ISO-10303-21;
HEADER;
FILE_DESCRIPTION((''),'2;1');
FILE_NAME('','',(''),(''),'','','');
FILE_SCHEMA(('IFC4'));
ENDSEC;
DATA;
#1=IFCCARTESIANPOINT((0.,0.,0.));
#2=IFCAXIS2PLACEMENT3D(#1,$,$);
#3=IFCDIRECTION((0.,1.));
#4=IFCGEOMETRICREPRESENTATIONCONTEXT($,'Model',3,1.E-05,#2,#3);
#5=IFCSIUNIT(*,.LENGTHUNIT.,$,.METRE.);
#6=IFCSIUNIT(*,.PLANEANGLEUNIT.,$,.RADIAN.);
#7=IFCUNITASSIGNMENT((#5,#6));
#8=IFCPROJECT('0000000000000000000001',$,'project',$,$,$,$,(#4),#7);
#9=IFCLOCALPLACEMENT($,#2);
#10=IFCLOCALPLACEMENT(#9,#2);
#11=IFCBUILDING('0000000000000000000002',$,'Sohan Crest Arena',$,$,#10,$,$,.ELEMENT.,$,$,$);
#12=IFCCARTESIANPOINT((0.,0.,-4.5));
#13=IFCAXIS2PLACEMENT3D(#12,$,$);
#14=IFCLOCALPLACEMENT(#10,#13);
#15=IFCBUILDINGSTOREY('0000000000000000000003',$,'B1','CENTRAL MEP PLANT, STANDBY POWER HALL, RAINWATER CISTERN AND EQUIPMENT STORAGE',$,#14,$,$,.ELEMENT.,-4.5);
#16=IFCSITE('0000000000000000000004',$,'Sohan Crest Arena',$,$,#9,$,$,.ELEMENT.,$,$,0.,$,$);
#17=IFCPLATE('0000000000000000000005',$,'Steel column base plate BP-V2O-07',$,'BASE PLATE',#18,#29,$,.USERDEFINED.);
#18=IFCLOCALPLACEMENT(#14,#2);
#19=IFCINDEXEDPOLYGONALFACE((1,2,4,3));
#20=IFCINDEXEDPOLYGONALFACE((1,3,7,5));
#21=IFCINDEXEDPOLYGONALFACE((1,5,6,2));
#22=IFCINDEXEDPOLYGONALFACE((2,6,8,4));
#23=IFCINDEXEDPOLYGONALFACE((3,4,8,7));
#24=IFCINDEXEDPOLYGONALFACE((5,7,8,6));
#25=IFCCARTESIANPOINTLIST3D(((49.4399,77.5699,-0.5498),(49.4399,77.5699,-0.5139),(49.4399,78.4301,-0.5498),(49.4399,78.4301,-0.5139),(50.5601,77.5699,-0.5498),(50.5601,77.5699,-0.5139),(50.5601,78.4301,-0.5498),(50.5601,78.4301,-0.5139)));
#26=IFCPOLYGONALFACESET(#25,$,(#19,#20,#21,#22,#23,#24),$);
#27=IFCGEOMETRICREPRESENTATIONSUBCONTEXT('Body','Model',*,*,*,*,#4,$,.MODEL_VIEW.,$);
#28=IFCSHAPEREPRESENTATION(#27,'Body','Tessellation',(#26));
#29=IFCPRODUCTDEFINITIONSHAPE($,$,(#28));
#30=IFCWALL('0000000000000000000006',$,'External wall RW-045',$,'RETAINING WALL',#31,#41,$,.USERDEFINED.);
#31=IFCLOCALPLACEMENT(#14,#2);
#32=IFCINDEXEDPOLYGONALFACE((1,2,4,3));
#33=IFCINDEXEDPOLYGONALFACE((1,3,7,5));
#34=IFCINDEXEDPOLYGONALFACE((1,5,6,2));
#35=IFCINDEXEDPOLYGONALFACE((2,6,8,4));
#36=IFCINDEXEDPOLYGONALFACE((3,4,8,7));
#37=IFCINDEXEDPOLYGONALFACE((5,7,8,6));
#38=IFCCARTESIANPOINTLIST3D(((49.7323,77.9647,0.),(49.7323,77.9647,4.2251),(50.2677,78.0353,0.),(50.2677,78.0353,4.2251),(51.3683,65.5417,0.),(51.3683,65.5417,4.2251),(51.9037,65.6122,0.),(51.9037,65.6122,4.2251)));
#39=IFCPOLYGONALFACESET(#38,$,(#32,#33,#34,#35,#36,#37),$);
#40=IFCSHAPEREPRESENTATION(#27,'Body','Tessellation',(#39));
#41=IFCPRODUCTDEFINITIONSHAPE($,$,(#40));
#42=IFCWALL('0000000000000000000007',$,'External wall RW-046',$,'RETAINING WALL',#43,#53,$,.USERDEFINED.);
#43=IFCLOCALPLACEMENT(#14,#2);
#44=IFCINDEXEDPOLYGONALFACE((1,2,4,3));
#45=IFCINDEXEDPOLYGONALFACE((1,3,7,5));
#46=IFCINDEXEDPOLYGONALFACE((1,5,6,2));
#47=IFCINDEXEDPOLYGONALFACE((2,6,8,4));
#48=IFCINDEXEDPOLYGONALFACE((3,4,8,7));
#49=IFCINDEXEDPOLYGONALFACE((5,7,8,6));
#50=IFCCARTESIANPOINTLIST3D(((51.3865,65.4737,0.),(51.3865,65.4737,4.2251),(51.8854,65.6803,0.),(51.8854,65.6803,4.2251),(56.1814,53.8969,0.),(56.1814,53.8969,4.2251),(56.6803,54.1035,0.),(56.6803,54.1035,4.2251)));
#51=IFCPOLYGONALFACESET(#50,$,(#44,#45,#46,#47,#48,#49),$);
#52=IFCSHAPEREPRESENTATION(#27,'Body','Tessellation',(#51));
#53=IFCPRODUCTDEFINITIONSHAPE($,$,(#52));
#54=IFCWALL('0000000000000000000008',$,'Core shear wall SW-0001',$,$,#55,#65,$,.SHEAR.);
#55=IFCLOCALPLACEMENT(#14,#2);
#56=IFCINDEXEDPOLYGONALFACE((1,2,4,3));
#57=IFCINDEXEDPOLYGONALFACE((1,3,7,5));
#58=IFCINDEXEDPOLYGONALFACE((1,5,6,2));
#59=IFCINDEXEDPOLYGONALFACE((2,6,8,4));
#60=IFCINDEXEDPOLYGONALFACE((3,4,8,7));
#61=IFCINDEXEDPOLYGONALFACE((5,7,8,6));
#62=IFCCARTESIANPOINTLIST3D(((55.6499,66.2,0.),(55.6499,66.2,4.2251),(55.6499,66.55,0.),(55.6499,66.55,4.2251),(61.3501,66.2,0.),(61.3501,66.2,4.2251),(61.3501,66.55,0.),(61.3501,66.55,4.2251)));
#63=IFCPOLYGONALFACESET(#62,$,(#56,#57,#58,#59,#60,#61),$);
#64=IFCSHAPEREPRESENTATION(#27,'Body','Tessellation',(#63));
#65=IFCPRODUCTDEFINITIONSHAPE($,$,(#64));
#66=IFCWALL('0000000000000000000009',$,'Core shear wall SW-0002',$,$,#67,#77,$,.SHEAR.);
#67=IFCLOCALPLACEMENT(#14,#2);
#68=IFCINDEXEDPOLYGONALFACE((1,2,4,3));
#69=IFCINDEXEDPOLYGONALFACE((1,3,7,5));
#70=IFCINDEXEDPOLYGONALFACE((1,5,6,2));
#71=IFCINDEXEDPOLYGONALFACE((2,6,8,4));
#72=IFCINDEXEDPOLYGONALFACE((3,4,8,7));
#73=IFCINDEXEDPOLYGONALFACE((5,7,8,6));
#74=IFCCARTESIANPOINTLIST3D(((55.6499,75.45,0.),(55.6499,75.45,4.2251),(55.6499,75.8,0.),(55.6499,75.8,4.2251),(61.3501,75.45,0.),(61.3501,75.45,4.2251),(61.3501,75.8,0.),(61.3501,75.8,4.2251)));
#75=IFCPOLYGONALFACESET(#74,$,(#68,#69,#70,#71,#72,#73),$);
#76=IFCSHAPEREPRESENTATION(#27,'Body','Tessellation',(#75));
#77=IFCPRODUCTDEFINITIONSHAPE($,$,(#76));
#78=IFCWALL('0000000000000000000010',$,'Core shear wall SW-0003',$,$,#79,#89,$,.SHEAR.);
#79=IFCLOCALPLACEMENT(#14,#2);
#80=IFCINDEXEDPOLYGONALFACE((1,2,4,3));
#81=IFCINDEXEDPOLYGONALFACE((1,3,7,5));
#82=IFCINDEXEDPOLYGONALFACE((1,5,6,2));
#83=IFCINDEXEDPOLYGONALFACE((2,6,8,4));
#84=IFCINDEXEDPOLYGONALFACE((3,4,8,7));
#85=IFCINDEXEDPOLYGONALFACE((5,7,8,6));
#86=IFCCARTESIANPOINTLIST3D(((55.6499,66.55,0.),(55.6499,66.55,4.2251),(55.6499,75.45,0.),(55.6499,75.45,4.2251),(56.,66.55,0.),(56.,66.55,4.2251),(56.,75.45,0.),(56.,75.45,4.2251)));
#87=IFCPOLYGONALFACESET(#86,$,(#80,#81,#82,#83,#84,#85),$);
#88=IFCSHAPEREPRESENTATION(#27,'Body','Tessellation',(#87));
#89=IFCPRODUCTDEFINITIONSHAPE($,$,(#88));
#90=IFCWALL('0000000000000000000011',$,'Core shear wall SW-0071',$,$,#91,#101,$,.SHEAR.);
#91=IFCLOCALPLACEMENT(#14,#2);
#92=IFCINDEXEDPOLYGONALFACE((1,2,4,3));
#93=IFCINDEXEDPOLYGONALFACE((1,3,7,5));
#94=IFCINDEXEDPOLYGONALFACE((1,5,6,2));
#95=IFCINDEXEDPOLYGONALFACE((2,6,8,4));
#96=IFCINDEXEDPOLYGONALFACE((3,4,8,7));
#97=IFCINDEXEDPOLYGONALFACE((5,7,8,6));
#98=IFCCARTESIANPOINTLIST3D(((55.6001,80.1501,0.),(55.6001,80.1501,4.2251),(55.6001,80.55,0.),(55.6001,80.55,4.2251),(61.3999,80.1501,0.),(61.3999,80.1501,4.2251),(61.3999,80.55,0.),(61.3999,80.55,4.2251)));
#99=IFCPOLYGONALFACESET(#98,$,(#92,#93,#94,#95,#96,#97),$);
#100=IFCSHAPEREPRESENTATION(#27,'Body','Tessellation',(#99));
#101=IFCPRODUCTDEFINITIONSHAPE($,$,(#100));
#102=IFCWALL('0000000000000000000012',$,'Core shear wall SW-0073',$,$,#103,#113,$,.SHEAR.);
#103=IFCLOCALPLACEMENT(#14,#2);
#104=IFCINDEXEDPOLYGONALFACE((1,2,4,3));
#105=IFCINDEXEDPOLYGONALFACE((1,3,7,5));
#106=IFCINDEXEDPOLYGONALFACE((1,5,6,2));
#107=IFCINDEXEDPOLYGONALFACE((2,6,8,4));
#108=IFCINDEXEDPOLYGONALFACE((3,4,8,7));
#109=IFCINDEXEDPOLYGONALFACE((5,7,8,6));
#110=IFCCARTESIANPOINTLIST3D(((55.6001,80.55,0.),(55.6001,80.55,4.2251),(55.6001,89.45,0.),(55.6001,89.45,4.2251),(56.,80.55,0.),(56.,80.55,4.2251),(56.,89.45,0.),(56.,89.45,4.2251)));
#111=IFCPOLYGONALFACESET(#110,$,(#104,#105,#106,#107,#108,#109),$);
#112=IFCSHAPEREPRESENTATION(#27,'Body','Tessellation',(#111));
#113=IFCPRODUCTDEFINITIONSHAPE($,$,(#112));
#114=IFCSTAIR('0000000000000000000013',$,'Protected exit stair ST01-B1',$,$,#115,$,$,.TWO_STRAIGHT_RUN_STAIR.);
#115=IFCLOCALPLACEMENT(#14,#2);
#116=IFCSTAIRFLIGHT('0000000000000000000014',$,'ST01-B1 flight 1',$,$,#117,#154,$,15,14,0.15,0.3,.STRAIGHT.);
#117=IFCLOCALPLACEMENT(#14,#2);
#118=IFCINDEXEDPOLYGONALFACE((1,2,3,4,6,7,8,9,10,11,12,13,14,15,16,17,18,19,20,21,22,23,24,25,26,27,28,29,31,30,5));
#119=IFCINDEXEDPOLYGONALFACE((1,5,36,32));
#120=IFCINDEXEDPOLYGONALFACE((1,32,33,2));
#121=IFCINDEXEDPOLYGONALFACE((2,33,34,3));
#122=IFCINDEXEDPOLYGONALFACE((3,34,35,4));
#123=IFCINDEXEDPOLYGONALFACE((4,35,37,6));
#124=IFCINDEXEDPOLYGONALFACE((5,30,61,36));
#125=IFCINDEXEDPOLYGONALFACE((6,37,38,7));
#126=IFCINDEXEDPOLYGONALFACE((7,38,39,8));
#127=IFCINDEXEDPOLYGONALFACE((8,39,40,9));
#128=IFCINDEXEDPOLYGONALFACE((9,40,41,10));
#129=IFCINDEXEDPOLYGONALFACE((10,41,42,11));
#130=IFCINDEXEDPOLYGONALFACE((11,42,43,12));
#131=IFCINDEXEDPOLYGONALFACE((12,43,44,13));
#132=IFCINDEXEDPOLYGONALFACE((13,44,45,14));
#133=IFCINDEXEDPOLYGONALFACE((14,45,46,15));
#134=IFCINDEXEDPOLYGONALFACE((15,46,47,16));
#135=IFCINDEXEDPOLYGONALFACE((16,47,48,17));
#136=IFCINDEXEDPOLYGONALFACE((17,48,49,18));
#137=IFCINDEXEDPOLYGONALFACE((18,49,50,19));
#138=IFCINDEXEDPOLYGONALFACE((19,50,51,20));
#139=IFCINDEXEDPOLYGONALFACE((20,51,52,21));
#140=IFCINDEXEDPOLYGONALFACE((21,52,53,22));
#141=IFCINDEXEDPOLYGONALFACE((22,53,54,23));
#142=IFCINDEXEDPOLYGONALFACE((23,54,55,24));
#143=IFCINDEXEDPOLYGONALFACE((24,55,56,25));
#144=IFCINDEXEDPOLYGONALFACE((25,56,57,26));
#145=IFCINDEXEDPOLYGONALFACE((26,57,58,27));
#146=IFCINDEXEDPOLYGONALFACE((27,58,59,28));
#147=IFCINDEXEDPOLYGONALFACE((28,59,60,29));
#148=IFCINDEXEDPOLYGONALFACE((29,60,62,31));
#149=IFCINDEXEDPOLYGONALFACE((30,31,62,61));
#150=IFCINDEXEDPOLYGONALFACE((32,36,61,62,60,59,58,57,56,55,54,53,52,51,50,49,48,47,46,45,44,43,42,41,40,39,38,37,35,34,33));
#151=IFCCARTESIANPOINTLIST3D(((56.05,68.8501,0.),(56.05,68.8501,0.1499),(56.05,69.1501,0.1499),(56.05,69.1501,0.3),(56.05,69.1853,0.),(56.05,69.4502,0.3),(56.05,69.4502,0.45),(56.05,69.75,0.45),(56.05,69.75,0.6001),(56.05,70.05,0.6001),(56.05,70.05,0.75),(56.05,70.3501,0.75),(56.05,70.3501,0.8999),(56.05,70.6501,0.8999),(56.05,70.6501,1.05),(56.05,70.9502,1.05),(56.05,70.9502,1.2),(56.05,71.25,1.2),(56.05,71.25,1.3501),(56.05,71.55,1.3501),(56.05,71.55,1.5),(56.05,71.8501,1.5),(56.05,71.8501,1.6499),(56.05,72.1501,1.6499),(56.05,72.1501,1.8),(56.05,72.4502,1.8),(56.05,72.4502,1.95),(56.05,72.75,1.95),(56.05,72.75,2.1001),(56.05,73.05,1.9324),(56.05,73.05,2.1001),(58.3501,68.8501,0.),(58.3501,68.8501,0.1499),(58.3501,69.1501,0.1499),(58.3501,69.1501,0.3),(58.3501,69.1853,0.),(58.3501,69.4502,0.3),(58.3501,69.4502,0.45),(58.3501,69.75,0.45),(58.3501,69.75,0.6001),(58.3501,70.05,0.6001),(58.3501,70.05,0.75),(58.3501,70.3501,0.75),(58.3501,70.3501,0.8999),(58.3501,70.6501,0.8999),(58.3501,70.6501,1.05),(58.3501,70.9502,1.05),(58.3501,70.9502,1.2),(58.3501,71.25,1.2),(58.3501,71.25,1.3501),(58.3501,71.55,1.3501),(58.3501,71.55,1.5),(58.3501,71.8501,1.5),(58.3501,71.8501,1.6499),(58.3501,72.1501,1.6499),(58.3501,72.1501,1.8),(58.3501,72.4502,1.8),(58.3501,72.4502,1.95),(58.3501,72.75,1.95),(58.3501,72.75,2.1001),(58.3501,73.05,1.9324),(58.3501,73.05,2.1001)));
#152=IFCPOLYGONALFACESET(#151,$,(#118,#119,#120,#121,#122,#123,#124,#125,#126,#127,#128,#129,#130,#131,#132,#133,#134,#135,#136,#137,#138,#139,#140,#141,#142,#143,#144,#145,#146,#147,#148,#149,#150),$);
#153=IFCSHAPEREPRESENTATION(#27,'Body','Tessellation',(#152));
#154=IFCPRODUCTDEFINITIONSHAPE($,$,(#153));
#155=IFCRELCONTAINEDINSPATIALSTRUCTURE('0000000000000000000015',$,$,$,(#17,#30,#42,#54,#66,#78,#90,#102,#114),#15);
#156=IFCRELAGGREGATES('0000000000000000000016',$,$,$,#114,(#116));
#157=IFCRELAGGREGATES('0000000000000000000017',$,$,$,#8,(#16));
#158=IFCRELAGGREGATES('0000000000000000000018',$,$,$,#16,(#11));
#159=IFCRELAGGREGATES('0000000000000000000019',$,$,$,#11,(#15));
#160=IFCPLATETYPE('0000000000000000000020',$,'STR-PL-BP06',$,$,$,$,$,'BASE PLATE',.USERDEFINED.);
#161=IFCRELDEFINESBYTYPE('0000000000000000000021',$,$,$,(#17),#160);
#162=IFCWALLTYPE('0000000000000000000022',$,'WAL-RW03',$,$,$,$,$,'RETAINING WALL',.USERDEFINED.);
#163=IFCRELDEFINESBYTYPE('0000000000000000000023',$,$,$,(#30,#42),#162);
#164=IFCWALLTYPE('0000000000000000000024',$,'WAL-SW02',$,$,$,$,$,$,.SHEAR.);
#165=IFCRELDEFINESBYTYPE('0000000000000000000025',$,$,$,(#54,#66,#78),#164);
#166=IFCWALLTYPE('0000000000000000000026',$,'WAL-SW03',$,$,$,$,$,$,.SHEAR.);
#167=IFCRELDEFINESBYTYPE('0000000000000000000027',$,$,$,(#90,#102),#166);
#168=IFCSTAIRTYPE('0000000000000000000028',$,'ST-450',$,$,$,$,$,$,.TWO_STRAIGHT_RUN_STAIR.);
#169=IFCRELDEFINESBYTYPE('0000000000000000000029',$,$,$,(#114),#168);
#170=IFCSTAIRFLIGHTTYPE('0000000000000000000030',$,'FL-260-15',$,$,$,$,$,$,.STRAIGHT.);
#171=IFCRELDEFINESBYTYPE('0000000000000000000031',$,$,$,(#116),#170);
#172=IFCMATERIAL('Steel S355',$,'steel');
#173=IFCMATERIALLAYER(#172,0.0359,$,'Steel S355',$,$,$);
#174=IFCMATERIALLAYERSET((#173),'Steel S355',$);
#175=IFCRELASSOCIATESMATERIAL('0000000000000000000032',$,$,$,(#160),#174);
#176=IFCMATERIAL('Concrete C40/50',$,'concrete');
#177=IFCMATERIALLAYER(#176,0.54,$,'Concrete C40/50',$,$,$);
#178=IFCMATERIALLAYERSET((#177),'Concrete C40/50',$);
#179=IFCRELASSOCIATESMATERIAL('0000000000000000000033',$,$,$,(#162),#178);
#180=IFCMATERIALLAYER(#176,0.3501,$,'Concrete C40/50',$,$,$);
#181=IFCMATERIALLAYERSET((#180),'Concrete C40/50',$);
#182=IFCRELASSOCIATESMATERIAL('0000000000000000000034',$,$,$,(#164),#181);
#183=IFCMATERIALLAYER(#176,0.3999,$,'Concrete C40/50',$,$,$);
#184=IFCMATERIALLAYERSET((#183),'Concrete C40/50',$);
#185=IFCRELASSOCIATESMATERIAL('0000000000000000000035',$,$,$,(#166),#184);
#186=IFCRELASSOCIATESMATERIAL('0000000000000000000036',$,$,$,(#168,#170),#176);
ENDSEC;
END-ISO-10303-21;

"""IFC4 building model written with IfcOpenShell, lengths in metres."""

from ifc_helpers import new_model, si_unit, direction, frame, frame_2d, origin, origin_2d, place, context, subcontext, project, spatial, polyline, rectangle, outline, extrude, material, layer, layer_set, type_object, element, aggregate, save


model = new_model("IFC4")

# Units and contexts
model_context = context("Model", 3, precision=1e-05, world=origin(), true_north=direction((0.0, 1.0)))
body_context = subcontext(model_context, "Body", "Model", "MODEL_VIEW")
ifc_project = project(units=[si_unit("LENGTHUNIT", "METRE"), si_unit("PLANEANGLEUNIT", "RADIAN")], contexts=[model_context])

# Site, building, storey
site_placement = place(None, origin())
site = spatial("IfcSite", under=ifc_project, at=site_placement, Name="Sohan Crest Arena", CompositionType="ELEMENT", RefElevation=0.0)
building_placement = place(site_placement, origin())
building = spatial("IfcBuilding", under=site, at=building_placement, Name="Sohan Crest Arena", CompositionType="ELEMENT")
storey_placement = place(building_placement, frame((0.0, 0.0, -4.5)))
storey = spatial("IfcBuildingStorey", under=building, at=storey_placement, Name="B1", Description="CENTRAL MEP PLANT, STANDBY POWER HALL, RAINWATER CISTERN AND EQUIPMENT STORAGE", CompositionType="ELEMENT", Elevation=-4.5)

# Shared definitions
ifc_material_1 = material(Name="Concrete C40/50", Category="concrete")

# Shared definitions
ifc_material_2 = material(Name="Steel S355", Category="steel")

# Plate
ifc_layer_1 = layer(ifc_material_2, 0.0359, Name="Steel S355")
ifc_layer_set_1 = layer_set([ifc_layer_1], Name="Steel S355")
plate_type_1 = type_object("IfcPlateType", Name="STR-PL-BP06", ElementType="BASE PLATE", PredefinedType="USERDEFINED", material=ifc_layer_set_1)
plate_1_placement = place(storey_placement, frame((50.0, 78.0, -0.5498), z_axis=(0.0, 0.0, 1.0), x_axis=(1.0, 0.0, 0.0)))
element("IfcPlate", 1, at=plate_1_placement, inside=storey, type_object=plate_type_1, Name="Steel column base plate BP-V2O-07", ObjectType="BASE PLATE", PredefinedType="USERDEFINED", context=body_context, shape_type="SweptSolid", body=[
    extrude(rectangle(XDim=1.1201, YDim=0.8601, at=origin_2d()), origin(), (0.0, 0.0, 1.0), 0.0359),
])

# Walls
ifc_layer_2 = layer(ifc_material_1, 0.54, Name="Concrete C40/50")
ifc_layer_set_2 = layer_set([ifc_layer_2], Name="Concrete C40/50")
wall_type_1 = type_object("IfcWallType", Name="WAL-RW03", ElementType="RETAINING WALL", PredefinedType="USERDEFINED", material=ifc_layer_set_2)
wall_1_placement = place(storey_placement, frame((50.0, 78.0, 0.0), z_axis=(0.0, 0.0, 1.0), x_axis=(0.130562, -0.99144, 0.0)))
element("IfcWall", 2, at=wall_1_placement, inside=storey, type_object=wall_type_1, Name="External wall RW-045", ObjectType="RETAINING WALL", PredefinedType="USERDEFINED", context=body_context, shape_type="SweptSolid", body=[
    extrude(rectangle(XDim=12.5303, YDim=0.54, at=frame_2d((6.2651, 0.0))), origin(), (0.0, 0.0, 1.0), 4.2251),
])
wall_2_placement = place(storey_placement, frame((51.636, 65.5769, 0.0), z_axis=(0.0, 0.0, 1.0), x_axis=(0.382657, -0.923891, 0.0)))
element("IfcWall", 3, at=wall_2_placement, inside=storey, type_object=wall_type_1, Name="External wall RW-046", ObjectType="RETAINING WALL", PredefinedType="USERDEFINED", context=body_context, shape_type="SweptSolid", body=[
    extrude(rectangle(XDim=12.5305, YDim=0.54, at=frame_2d((6.2651, 0.0))), origin(), (0.0, 0.0, 1.0), 4.2251),
])
ifc_layer_3 = layer(ifc_material_1, 0.3501, Name="Concrete C40/50")
ifc_layer_set_3 = layer_set([ifc_layer_3], Name="Concrete C40/50")
wall_type_2 = type_object("IfcWallType", Name="WAL-SW02", PredefinedType="SHEAR", material=ifc_layer_set_3)
for number, where, z_axis, x_axis, name in (
    (4, (55.6499, 66.375, 0.0), (0.0, 0.0, 1.0), (1.0, 0.0, 0.0), "Core shear wall SW-0001"),
    (5, (55.6499, 75.625, 0.0), (0.0, 0.0, 1.0), (1.0, 0.0, 0.0), "Core shear wall SW-0002"),
):
    element("IfcWall", number, at=place(storey_placement, frame(where, z_axis=z_axis, x_axis=x_axis)), inside=storey, type_object=wall_type_2, Name=name, PredefinedType="SHEAR", context=body_context, shape_type="SweptSolid", body=[
        extrude(rectangle(XDim=5.7002, YDim=0.3501, at=frame_2d((2.8501, 0.0))), origin(), (0.0, 0.0, 1.0), 4.2251),
    ])
wall_3_placement = place(storey_placement, frame((55.825, 66.55, 0.0), z_axis=(0.0, 0.0, 1.0), x_axis=(0.0, 1.0, 0.0)))
element("IfcWall", 6, at=wall_3_placement, inside=storey, type_object=wall_type_2, Name="Core shear wall SW-0003", PredefinedType="SHEAR", context=body_context, shape_type="SweptSolid", body=[
    extrude(rectangle(XDim=8.8999, YDim=0.3501, at=frame_2d((4.45, 0.0))), origin(), (0.0, 0.0, 1.0), 4.2251),
])
ifc_layer_4 = layer(ifc_material_1, 0.3999, Name="Concrete C40/50")
ifc_layer_set_4 = layer_set([ifc_layer_4], Name="Concrete C40/50")
wall_type_3 = type_object("IfcWallType", Name="WAL-SW03", PredefinedType="SHEAR", material=ifc_layer_set_4)
wall_4_placement = place(storey_placement, frame((55.6001, 80.3501, 0.0), z_axis=(0.0, 0.0, 1.0), x_axis=(1.0, 0.0, 0.0)))
element("IfcWall", 7, at=wall_4_placement, inside=storey, type_object=wall_type_3, Name="Core shear wall SW-0071", PredefinedType="SHEAR", context=body_context, shape_type="SweptSolid", body=[
    extrude(rectangle(XDim=5.7998, YDim=0.3999, at=frame_2d((2.8999, 0.0))), origin(), (0.0, 0.0, 1.0), 4.2251),
])
wall_5_placement = place(storey_placement, frame((55.8, 80.55, 0.0), z_axis=(0.0, 0.0, 1.0), x_axis=(0.0, 1.0, 0.0)))
element("IfcWall", 8, at=wall_5_placement, inside=storey, type_object=wall_type_3, Name="Core shear wall SW-0073", PredefinedType="SHEAR", context=body_context, shape_type="SweptSolid", body=[
    extrude(rectangle(XDim=8.8999, YDim=0.3999, at=frame_2d((4.45, 0.0))), origin(), (0.0, 0.0, 1.0), 4.2251),
])

# Stair, stair flight
stair_type = type_object("IfcStairType", Name="ST-450", PredefinedType="TWO_STRAIGHT_RUN_STAIR", material=ifc_material_1)
stair_placement = place(storey_placement, origin())
stair = element("IfcStair", 9, at=stair_placement, inside=storey, type_object=stair_type, Name="Protected exit stair ST01-B1", PredefinedType="TWO_STRAIGHT_RUN_STAIR")
stair_flight_type = type_object("IfcStairFlightType", Name="FL-260-15", PredefinedType="STRAIGHT", material=ifc_material_1)
stair_flight_placement = place(storey_placement, frame((57.2, 68.8501, 0.0), z_axis=(0.0, 0.0, 1.0), x_axis=(0.0, 1.0, 0.0)))
stair_flight = element("IfcStairFlight", 10, at=stair_flight_placement, type_object=stair_flight_type, Name="ST01-B1 flight 1", NumberOfRisers=15, NumberOfTreads=14, PredefinedType="STRAIGHT", RiserHeight=0.15, TreadLength=0.3, context=body_context, shape_type="SweptSolid", body=[
    extrude(outline(polyline([(0.0, 0.0), (0.0, 0.1499), (0.3, 0.1499), (0.3, 0.3), (0.6001, 0.3), (0.6001, 0.45), (0.8999, 0.45), (0.8999, 0.6001), (1.2, 0.6001), (1.2, 0.75), (1.5, 0.75), (1.5, 0.8999), (1.8, 0.8999), (1.8, 1.05), (2.1001, 1.05), (2.1001, 1.2), (2.3999, 1.2), (2.3999, 1.3501), (2.7, 1.3501), (2.7, 1.5), (3.0, 1.5), (3.0, 1.6499), (3.3, 1.6499), (3.3, 1.8), (3.6001, 1.8), (3.6001, 1.95), (3.8999, 1.95), (3.8999, 2.1001), (4.2, 2.1001), (4.2, 2.25), (4.2, 1.9324), (0.3352, 0.0), (0.0, 0.0)])), frame((0.0, 1.1499, 0.0), z_axis=(0.0, -1.0, 0.0), x_axis=(1.0, 0.0, 0.0)), (0.0, 0.0, 1.0), 2.3),
])
aggregate(stair, [stair_flight])

save(model, "model.ifc")
